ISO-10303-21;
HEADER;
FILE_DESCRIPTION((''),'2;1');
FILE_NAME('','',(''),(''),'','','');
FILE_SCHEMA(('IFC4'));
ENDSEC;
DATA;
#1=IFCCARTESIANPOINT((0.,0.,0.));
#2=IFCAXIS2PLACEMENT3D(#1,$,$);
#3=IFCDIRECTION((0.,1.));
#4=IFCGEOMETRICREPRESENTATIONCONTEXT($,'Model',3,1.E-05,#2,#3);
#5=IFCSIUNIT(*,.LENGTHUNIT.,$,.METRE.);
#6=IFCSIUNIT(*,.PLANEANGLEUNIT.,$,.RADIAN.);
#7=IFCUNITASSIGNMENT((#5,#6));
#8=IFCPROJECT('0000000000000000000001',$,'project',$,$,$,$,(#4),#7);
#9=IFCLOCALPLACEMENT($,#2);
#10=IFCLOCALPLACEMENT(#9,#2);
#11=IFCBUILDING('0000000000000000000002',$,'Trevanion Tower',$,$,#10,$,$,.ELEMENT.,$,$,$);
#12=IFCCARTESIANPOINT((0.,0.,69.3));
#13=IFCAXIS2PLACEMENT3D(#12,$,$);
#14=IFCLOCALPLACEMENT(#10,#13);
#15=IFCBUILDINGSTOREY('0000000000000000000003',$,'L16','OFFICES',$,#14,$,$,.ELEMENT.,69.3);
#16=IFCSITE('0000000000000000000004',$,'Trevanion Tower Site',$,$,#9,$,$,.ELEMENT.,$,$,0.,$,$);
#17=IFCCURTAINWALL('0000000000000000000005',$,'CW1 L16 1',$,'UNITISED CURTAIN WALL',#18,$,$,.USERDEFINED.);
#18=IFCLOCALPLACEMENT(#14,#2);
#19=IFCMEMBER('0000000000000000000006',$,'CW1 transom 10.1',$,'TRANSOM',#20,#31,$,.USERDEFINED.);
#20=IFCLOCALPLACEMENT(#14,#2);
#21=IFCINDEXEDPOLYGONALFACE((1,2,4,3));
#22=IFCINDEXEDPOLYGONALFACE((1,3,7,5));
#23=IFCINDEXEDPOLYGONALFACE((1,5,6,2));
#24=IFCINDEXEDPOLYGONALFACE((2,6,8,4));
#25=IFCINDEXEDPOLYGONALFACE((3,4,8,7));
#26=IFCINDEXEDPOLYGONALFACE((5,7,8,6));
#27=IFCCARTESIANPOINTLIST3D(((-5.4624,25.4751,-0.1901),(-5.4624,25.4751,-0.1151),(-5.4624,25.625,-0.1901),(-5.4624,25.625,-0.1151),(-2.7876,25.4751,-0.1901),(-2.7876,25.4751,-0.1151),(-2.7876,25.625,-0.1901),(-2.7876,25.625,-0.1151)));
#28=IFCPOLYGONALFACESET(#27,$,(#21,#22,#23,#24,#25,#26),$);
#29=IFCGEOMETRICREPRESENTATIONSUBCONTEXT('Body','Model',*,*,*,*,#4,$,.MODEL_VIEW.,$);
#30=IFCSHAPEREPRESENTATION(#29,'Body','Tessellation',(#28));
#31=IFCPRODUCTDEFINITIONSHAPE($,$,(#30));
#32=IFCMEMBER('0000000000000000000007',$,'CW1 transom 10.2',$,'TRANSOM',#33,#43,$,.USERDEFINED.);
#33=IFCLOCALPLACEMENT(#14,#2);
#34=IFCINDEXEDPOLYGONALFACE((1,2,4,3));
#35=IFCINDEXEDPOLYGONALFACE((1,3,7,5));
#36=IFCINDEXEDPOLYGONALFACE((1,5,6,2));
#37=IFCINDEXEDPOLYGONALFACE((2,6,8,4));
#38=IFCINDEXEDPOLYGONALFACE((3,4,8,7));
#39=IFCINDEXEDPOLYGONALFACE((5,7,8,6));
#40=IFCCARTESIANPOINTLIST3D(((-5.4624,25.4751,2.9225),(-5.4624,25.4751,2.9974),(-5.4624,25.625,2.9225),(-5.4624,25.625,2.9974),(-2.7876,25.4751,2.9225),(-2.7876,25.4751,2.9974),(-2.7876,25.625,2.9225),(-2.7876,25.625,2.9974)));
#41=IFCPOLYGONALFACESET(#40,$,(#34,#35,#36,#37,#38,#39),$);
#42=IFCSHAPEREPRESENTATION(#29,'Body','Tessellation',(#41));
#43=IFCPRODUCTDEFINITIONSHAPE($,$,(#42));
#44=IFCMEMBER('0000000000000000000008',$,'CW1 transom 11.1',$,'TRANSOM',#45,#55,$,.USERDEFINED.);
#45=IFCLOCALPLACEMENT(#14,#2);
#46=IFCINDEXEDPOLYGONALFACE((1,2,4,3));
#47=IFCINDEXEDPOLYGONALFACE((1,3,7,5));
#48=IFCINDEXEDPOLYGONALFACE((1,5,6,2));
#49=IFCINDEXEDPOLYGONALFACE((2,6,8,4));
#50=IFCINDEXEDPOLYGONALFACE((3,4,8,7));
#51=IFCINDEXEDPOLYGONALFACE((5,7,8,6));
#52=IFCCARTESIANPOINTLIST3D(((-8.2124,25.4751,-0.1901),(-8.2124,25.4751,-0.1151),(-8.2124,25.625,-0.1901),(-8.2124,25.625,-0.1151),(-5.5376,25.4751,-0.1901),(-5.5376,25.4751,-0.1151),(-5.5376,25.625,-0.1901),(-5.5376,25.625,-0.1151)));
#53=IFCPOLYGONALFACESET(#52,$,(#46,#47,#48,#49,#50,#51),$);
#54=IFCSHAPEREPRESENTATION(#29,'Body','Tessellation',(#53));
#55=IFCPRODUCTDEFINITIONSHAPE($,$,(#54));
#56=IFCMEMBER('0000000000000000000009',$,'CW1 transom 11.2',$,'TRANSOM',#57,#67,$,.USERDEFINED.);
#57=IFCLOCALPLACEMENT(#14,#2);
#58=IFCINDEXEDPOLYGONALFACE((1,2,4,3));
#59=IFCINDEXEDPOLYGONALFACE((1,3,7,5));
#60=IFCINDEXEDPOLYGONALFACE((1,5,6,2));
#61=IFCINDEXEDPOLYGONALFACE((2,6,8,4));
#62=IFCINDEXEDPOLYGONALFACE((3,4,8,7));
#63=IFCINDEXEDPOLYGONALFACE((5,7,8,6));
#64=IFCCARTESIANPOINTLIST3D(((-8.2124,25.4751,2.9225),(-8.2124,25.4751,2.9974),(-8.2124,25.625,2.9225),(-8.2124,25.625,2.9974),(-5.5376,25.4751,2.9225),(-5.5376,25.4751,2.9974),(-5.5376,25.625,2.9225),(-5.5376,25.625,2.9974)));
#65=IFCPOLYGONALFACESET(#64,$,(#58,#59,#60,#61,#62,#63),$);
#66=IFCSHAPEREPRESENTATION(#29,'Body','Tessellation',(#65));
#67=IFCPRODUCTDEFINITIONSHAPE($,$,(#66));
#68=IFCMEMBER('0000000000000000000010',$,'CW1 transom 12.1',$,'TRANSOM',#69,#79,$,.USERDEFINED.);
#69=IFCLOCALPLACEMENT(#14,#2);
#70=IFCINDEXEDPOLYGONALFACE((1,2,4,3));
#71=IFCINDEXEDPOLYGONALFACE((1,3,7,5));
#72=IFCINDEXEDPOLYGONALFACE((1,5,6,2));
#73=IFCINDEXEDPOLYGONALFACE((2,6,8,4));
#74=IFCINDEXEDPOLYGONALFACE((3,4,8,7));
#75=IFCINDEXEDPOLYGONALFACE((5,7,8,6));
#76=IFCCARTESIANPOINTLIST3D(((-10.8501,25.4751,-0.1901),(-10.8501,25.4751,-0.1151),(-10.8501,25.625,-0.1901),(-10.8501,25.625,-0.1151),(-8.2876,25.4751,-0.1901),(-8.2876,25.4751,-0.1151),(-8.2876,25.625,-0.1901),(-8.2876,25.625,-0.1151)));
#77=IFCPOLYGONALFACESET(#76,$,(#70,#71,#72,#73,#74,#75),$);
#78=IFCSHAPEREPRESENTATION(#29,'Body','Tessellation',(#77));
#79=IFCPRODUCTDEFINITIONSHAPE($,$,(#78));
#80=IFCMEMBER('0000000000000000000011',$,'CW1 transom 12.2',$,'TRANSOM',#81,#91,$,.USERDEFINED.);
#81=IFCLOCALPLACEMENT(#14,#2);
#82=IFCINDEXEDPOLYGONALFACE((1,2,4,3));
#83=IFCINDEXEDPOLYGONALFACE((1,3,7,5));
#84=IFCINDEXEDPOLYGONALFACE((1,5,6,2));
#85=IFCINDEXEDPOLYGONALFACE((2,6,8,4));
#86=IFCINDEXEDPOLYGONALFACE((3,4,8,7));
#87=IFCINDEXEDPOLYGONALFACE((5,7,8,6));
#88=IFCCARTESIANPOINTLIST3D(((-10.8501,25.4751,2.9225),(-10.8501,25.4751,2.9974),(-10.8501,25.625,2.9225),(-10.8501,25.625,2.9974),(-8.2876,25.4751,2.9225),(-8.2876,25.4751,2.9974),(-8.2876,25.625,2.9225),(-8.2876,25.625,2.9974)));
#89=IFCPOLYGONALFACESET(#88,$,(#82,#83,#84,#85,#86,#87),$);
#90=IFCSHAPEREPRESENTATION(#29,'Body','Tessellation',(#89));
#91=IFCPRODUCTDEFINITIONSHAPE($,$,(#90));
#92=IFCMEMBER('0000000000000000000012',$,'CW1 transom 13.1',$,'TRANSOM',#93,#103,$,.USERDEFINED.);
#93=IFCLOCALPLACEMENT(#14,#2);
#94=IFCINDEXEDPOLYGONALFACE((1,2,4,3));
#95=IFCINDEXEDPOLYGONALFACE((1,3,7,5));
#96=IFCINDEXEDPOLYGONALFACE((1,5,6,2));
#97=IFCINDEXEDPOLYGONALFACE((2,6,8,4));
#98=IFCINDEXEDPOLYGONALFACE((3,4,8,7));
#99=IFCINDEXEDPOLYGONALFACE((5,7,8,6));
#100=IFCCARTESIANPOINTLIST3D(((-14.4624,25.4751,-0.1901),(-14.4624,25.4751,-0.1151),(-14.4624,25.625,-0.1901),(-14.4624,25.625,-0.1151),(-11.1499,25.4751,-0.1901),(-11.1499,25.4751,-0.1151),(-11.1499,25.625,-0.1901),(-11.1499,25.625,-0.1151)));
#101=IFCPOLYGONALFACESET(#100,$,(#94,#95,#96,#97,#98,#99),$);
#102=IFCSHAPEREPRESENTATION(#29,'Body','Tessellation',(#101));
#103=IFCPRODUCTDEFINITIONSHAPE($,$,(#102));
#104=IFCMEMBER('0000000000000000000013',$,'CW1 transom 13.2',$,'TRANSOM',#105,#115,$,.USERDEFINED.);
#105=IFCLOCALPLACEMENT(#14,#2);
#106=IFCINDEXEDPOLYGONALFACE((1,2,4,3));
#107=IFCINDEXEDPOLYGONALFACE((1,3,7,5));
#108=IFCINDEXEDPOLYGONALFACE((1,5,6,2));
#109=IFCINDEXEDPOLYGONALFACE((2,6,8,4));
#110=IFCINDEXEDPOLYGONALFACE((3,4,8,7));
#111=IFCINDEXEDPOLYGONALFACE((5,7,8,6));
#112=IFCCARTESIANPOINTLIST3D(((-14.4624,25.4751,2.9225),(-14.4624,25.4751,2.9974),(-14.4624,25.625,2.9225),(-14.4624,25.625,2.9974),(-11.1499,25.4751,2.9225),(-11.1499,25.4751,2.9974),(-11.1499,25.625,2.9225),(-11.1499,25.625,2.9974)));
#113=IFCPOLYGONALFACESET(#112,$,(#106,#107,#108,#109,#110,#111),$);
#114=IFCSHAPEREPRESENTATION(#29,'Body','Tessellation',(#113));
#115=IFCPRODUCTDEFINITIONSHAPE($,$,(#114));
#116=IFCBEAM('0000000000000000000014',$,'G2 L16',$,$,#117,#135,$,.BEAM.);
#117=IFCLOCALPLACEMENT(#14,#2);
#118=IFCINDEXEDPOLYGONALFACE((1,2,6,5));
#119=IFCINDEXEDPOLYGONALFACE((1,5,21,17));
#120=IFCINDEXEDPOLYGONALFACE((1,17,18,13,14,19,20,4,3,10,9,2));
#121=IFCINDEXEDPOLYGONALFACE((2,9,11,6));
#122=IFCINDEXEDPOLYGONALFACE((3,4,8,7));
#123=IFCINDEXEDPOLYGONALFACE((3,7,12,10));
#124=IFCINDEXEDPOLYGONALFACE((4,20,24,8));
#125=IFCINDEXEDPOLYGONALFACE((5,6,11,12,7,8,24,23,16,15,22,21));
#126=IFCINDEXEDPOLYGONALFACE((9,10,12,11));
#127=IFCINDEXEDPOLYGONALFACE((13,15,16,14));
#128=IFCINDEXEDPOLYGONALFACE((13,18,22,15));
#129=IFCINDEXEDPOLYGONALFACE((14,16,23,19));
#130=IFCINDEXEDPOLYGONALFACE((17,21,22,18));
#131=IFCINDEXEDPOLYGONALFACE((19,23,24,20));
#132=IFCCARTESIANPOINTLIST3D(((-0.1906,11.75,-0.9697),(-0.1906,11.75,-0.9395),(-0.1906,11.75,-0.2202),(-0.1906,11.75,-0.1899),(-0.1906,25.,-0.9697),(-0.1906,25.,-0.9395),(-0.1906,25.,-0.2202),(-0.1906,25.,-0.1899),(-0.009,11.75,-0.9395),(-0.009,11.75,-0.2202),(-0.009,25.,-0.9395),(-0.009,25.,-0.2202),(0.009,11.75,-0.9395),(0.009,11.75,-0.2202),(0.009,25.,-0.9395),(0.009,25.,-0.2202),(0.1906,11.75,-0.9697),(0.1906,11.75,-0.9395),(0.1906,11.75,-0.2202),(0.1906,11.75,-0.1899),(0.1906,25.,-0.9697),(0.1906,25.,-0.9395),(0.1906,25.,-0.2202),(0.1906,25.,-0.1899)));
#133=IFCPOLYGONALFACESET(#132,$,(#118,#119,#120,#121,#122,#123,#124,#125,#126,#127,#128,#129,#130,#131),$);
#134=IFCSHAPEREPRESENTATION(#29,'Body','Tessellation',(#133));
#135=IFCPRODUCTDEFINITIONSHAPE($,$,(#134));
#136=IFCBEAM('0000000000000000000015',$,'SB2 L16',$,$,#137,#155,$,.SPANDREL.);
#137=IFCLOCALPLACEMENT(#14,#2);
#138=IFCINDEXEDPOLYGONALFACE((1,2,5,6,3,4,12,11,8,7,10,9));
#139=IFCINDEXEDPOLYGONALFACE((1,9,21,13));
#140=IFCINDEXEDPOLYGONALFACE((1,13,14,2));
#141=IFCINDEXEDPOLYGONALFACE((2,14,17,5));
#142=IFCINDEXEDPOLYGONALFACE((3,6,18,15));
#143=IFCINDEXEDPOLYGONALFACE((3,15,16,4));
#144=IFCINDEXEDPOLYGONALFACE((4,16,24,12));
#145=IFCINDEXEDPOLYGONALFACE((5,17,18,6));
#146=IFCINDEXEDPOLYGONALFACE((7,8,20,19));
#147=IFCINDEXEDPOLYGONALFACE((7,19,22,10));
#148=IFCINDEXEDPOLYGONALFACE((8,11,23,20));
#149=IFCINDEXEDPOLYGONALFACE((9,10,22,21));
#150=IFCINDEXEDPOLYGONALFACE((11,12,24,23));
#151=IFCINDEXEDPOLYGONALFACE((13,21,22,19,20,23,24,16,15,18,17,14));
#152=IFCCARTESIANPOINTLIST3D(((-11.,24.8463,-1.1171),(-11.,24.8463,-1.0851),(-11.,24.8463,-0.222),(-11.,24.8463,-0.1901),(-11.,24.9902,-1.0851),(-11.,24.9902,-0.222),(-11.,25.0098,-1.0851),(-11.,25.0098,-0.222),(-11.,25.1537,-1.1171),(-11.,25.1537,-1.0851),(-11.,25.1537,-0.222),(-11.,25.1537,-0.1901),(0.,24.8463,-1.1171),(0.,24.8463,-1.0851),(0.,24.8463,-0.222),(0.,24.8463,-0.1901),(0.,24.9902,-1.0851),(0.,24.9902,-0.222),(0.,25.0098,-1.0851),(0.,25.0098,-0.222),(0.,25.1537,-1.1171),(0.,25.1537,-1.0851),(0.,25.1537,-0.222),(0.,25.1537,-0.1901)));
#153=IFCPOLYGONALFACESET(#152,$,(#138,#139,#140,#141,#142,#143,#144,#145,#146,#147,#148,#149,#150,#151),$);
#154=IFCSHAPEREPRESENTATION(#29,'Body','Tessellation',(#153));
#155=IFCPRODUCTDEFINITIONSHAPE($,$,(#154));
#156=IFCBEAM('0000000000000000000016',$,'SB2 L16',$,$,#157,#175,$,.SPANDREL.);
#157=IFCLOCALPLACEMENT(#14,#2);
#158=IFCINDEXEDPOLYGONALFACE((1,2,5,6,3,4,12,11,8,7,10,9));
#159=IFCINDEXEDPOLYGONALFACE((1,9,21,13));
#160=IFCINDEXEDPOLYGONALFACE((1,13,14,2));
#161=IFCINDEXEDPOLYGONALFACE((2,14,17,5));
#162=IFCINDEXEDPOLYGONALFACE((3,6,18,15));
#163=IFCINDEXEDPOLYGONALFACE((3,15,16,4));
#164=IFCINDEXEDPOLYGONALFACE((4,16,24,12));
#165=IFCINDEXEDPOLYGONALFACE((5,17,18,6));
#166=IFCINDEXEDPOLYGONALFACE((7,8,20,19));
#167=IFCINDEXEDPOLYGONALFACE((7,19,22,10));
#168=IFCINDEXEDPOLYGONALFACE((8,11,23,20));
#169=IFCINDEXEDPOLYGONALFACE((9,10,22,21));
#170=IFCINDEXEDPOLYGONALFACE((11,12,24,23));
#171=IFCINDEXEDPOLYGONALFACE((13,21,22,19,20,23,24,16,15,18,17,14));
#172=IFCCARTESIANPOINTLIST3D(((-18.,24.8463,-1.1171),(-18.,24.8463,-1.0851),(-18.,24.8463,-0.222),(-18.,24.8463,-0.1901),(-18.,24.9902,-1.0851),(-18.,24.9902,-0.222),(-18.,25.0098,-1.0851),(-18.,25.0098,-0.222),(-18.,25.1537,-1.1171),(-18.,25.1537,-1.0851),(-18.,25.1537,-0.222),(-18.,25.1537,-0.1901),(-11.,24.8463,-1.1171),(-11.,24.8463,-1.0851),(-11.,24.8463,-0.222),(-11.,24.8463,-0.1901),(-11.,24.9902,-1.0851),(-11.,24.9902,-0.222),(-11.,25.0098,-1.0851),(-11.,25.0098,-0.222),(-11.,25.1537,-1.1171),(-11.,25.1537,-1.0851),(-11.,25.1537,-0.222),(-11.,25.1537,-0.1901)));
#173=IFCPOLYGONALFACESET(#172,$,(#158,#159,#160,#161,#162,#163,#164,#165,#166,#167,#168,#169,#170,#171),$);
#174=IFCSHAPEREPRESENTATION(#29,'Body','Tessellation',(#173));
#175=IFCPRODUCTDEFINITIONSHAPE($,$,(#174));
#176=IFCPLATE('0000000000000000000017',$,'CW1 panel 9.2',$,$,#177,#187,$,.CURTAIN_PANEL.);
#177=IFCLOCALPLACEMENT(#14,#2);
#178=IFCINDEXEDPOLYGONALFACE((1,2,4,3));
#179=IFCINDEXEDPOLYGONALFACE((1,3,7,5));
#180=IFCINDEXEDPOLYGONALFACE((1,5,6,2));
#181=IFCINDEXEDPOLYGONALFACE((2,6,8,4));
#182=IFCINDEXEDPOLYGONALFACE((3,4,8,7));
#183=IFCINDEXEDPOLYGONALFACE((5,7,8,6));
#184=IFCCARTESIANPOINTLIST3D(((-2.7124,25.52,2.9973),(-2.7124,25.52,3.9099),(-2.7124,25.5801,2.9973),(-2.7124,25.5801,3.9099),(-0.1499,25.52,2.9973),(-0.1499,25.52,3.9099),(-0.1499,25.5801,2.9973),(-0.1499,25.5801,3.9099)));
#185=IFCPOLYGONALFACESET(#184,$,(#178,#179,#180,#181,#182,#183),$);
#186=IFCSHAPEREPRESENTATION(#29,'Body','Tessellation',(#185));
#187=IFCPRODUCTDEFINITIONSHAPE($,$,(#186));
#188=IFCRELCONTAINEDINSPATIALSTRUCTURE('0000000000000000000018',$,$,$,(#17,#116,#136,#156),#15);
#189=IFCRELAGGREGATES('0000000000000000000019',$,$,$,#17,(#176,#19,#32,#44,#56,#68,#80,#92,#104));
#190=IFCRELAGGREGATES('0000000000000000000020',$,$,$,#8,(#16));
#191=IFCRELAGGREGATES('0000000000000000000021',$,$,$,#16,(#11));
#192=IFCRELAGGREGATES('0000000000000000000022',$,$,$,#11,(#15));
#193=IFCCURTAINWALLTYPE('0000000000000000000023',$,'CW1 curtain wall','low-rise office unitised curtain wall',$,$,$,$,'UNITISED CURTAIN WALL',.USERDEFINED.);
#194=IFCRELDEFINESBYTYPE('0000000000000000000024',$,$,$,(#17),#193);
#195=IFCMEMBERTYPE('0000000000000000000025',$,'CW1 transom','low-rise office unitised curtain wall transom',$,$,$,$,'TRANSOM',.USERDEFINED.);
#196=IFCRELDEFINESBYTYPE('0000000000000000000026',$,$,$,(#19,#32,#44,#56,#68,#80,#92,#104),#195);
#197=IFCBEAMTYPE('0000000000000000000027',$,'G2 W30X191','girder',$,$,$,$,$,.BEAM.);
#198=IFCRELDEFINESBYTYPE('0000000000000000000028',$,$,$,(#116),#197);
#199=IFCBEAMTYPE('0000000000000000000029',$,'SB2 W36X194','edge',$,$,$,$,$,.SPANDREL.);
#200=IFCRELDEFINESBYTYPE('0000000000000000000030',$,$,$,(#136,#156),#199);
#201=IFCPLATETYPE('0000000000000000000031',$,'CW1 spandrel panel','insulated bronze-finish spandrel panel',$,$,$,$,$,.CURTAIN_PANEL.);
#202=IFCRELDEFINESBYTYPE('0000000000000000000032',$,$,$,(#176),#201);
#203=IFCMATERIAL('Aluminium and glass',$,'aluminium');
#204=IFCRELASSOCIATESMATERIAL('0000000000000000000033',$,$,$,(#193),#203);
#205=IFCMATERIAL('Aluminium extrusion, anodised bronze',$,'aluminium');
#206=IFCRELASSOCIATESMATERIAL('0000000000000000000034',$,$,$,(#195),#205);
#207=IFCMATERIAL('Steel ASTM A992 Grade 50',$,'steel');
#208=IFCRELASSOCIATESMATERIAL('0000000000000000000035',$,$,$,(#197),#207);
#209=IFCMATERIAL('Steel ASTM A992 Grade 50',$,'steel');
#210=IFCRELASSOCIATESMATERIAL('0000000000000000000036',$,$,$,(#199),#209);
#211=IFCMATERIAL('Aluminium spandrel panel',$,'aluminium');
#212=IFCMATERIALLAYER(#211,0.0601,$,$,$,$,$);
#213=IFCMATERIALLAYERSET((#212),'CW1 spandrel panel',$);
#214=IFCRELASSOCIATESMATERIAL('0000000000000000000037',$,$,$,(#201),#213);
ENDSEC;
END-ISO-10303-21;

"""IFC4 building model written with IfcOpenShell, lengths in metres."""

from ifc_helpers import new_model, si_unit, direction, frame, origin, origin_2d, place, context, subcontext, project, spatial, rectangle, i_section, extrude, material, layer, layer_set, material_profile, profile_set, type_object, element, aggregate, save


model = new_model("IFC4")

# Units and contexts
model_context = context("Model", 3, precision=1e-05, world=origin(), true_north=direction((0.0, 1.0)))
body_context = subcontext(model_context, "Body", "Model", "MODEL_VIEW")
ifc_project = project(units=[si_unit("LENGTHUNIT", "METRE"), si_unit("PLANEANGLEUNIT", "RADIAN")], contexts=[model_context])

# Site, building, storey
site_placement = place(None, origin())
site = spatial("IfcSite", under=ifc_project, at=site_placement, Name="Trevanion Tower Site", CompositionType="ELEMENT", RefElevation=0.0)
building_placement = place(site_placement, origin())
building = spatial("IfcBuilding", under=site, at=building_placement, Name="Trevanion Tower", CompositionType="ELEMENT")
storey_placement = place(building_placement, frame((0.0, 0.0, 69.3)))
storey = spatial("IfcBuildingStorey", under=building, at=storey_placement, Name="L16", Description="OFFICES", CompositionType="ELEMENT", Elevation=69.3)

# Curtain wall, members
ifc_material_1 = material(Name="Aluminium and glass", Category="aluminium")
curtain_wall_type = type_object("IfcCurtainWallType", Name="CW1 curtain wall", Description="low-rise office unitised curtain wall", ElementType="UNITISED CURTAIN WALL", PredefinedType="USERDEFINED", material=ifc_material_1)
curtain_wall_placement = place(storey_placement, origin())
curtain_wall = element("IfcCurtainWall", 1, at=curtain_wall_placement, inside=storey, type_object=curtain_wall_type, Name="CW1 L16 1", ObjectType="UNITISED CURTAIN WALL", PredefinedType="USERDEFINED")
ifc_material_2 = material(Name="Aluminium extrusion, anodised bronze", Category="aluminium")
ifc_material_profile_1 = material_profile(ifc_material_2, rectangle(XDim=0.1499, YDim=0.075, at=origin_2d()), Name="CW1 transom")
ifc_profile_set_1 = profile_set([ifc_material_profile_1], Name="Aluminium extrusion, anodised bronze")
member_type_1 = type_object("IfcMemberType", Name="CW1 transom", Description="low-rise office unitised curtain wall transom", ElementType="TRANSOM", PredefinedType="USERDEFINED", material=ifc_profile_set_1)
member_1_placement = place(storey_placement, frame((-2.7876, 25.55, -0.1526), z_axis=(-1.0, 0.0, 0.0), x_axis=(0.0, -1.0, 0.0)))
member_1 = element("IfcMember", 2, at=member_1_placement, type_object=member_type_1, Name="CW1 transom 10.1", ObjectType="TRANSOM", PredefinedType="USERDEFINED", context=body_context, shape_type="SweptSolid", body=[
    extrude(rectangle(XDim=0.1499, YDim=0.075, at=origin_2d()), origin(), (0.0, 0.0, 1.0), 2.6748),
])
member_2_placement = place(storey_placement, frame((-2.7876, 25.55, 2.96), z_axis=(-1.0, 0.0, 0.0), x_axis=(0.0, -1.0, 0.0)))
member_2 = element("IfcMember", 3, at=member_2_placement, type_object=member_type_1, Name="CW1 transom 10.2", ObjectType="TRANSOM", PredefinedType="USERDEFINED", context=body_context, shape_type="SweptSolid", body=[
    extrude(rectangle(XDim=0.1499, YDim=0.075, at=origin_2d()), origin(), (0.0, 0.0, 1.0), 2.6748),
])
member_3_placement = place(storey_placement, frame((-5.5376, 25.55, -0.1526), z_axis=(-1.0, 0.0, 0.0), x_axis=(0.0, -1.0, 0.0)))
member_3 = element("IfcMember", 4, at=member_3_placement, type_object=member_type_1, Name="CW1 transom 11.1", ObjectType="TRANSOM", PredefinedType="USERDEFINED", context=body_context, shape_type="SweptSolid", body=[
    extrude(rectangle(XDim=0.1499, YDim=0.075, at=origin_2d()), origin(), (0.0, 0.0, 1.0), 2.6748),
])
member_4_placement = place(storey_placement, frame((-5.5376, 25.55, 2.96), z_axis=(-1.0, 0.0, 0.0), x_axis=(0.0, -1.0, 0.0)))
member_4 = element("IfcMember", 5, at=member_4_placement, type_object=member_type_1, Name="CW1 transom 11.2", ObjectType="TRANSOM", PredefinedType="USERDEFINED", context=body_context, shape_type="SweptSolid", body=[
    extrude(rectangle(XDim=0.1499, YDim=0.075, at=origin_2d()), origin(), (0.0, 0.0, 1.0), 2.6748),
])
member_5_placement = place(storey_placement, frame((-8.2876, 25.55, -0.1526), z_axis=(-1.0, 0.0, 0.0), x_axis=(0.0, -1.0, 0.0)))
member_5 = element("IfcMember", 6, at=member_5_placement, type_object=member_type_1, Name="CW1 transom 12.1", ObjectType="TRANSOM", PredefinedType="USERDEFINED", context=body_context, shape_type="SweptSolid", body=[
    extrude(rectangle(XDim=0.1499, YDim=0.075, at=origin_2d()), origin(), (0.0, 0.0, 1.0), 2.5625),
])
member_6_placement = place(storey_placement, frame((-8.2876, 25.55, 2.96), z_axis=(-1.0, 0.0, 0.0), x_axis=(0.0, -1.0, 0.0)))
member_6 = element("IfcMember", 7, at=member_6_placement, type_object=member_type_1, Name="CW1 transom 12.2", ObjectType="TRANSOM", PredefinedType="USERDEFINED", context=body_context, shape_type="SweptSolid", body=[
    extrude(rectangle(XDim=0.1499, YDim=0.075, at=origin_2d()), origin(), (0.0, 0.0, 1.0), 2.5625),
])
member_7_placement = place(storey_placement, frame((-11.1499, 25.55, -0.1526), z_axis=(-1.0, 0.0, 0.0), x_axis=(0.0, -1.0, 0.0)))
member_7 = element("IfcMember", 8, at=member_7_placement, type_object=member_type_1, Name="CW1 transom 13.1", ObjectType="TRANSOM", PredefinedType="USERDEFINED", context=body_context, shape_type="SweptSolid", body=[
    extrude(rectangle(XDim=0.1499, YDim=0.075, at=origin_2d()), origin(), (0.0, 0.0, 1.0), 3.3125),
])
member_8_placement = place(storey_placement, frame((-11.1499, 25.55, 2.96), z_axis=(-1.0, 0.0, 0.0), x_axis=(0.0, -1.0, 0.0)))
member_8 = element("IfcMember", 9, at=member_8_placement, type_object=member_type_1, Name="CW1 transom 13.2", ObjectType="TRANSOM", PredefinedType="USERDEFINED", context=body_context, shape_type="SweptSolid", body=[
    extrude(rectangle(XDim=0.1499, YDim=0.075, at=origin_2d()), origin(), (0.0, 0.0, 1.0), 3.3125),
])

# Beams
ifc_material_3 = material(Name="Steel ASTM A992 Grade 50", Category="steel")
ifc_material_profile_2 = material_profile(ifc_material_3, i_section(OverallWidth=0.3811, OverallDepth=0.7798, WebThickness=0.0181, FlangeThickness=0.0303, at=origin_2d()), Name="W30X191")
ifc_profile_set_2 = profile_set([ifc_material_profile_2], Name="Steel ASTM A992 Grade 50")
beam_type_1 = type_object("IfcBeamType", Name="G2 W30X191", Description="girder", PredefinedType="BEAM", material=ifc_profile_set_2)
beam_1_placement = place(storey_placement, frame((0.0, 11.75, -0.5798), z_axis=(0.0, 1.0, 0.0), x_axis=(-1.0, 0.0, 0.0)))
element("IfcBeam", 10, at=beam_1_placement, inside=storey, type_object=beam_type_1, Name="G2 L16", PredefinedType="BEAM", context=body_context, shape_type="SweptSolid", body=[
    extrude(i_section(OverallWidth=0.3811, OverallDepth=0.7798, WebThickness=0.0181, FlangeThickness=0.0303, at=origin_2d()), origin(), (0.0, 0.0, 1.0), 13.25),
])
ifc_material_4 = material(Name="Steel ASTM A992 Grade 50", Category="steel")
ifc_material_profile_3 = material_profile(ifc_material_4, i_section(OverallWidth=0.3074, OverallDepth=0.927, WebThickness=0.0195, FlangeThickness=0.032, at=origin_2d()), Name="W36X194")
ifc_profile_set_3 = profile_set([ifc_material_profile_3], Name="Steel ASTM A992 Grade 50")
beam_type_2 = type_object("IfcBeamType", Name="SB2 W36X194", Description="edge", PredefinedType="SPANDREL", material=ifc_profile_set_3)
beam_2_placement = place(storey_placement, frame((0.0, 25.0, -0.6536), z_axis=(-1.0, 0.0, 0.0), x_axis=(0.0, -1.0, 0.0)))
element("IfcBeam", 11, at=beam_2_placement, inside=storey, type_object=beam_type_2, Name="SB2 L16", PredefinedType="SPANDREL", context=body_context, shape_type="SweptSolid", body=[
    extrude(i_section(OverallWidth=0.3074, OverallDepth=0.927, WebThickness=0.0195, FlangeThickness=0.032, at=origin_2d()), origin(), (0.0, 0.0, 1.0), 11.0),
])
beam_3_placement = place(storey_placement, frame((-11.0, 25.0, -0.6536), z_axis=(-1.0, 0.0, 0.0), x_axis=(0.0, -1.0, 0.0)))
element("IfcBeam", 12, at=beam_3_placement, inside=storey, type_object=beam_type_2, Name="SB2 L16", PredefinedType="SPANDREL", context=body_context, shape_type="SweptSolid", body=[
    extrude(i_section(OverallWidth=0.3074, OverallDepth=0.927, WebThickness=0.0195, FlangeThickness=0.032, at=origin_2d()), origin(), (0.0, 0.0, 1.0), 7.0),
])

# Plate
ifc_material_5 = material(Name="Aluminium spandrel panel", Category="aluminium")
ifc_layer_1 = layer(ifc_material_5, 0.0601)
ifc_layer_set_1 = layer_set([ifc_layer_1], Name="CW1 spandrel panel")
plate_type_1 = type_object("IfcPlateType", Name="CW1 spandrel panel", Description="insulated bronze-finish spandrel panel", PredefinedType="CURTAIN_PANEL", material=ifc_layer_set_1)
plate_1_placement = place(storey_placement, frame((-1.4312, 25.55, 2.9973), z_axis=(0.0, 0.0, 1.0), x_axis=(-1.0, 0.0, 0.0)))
plate_1 = element("IfcPlate", 13, at=plate_1_placement, type_object=plate_type_1, Name="CW1 panel 9.2", PredefinedType="CURTAIN_PANEL", context=body_context, shape_type="SweptSolid", body=[
    extrude(rectangle(XDim=2.5625, YDim=0.0601, at=origin_2d()), origin(), (0.0, 0.0, 1.0), 0.9126),
])
aggregate(curtain_wall, [plate_1, member_1, member_2, member_3, member_4, member_5, member_6, member_7, member_8])

save(model, "model.ifc")
